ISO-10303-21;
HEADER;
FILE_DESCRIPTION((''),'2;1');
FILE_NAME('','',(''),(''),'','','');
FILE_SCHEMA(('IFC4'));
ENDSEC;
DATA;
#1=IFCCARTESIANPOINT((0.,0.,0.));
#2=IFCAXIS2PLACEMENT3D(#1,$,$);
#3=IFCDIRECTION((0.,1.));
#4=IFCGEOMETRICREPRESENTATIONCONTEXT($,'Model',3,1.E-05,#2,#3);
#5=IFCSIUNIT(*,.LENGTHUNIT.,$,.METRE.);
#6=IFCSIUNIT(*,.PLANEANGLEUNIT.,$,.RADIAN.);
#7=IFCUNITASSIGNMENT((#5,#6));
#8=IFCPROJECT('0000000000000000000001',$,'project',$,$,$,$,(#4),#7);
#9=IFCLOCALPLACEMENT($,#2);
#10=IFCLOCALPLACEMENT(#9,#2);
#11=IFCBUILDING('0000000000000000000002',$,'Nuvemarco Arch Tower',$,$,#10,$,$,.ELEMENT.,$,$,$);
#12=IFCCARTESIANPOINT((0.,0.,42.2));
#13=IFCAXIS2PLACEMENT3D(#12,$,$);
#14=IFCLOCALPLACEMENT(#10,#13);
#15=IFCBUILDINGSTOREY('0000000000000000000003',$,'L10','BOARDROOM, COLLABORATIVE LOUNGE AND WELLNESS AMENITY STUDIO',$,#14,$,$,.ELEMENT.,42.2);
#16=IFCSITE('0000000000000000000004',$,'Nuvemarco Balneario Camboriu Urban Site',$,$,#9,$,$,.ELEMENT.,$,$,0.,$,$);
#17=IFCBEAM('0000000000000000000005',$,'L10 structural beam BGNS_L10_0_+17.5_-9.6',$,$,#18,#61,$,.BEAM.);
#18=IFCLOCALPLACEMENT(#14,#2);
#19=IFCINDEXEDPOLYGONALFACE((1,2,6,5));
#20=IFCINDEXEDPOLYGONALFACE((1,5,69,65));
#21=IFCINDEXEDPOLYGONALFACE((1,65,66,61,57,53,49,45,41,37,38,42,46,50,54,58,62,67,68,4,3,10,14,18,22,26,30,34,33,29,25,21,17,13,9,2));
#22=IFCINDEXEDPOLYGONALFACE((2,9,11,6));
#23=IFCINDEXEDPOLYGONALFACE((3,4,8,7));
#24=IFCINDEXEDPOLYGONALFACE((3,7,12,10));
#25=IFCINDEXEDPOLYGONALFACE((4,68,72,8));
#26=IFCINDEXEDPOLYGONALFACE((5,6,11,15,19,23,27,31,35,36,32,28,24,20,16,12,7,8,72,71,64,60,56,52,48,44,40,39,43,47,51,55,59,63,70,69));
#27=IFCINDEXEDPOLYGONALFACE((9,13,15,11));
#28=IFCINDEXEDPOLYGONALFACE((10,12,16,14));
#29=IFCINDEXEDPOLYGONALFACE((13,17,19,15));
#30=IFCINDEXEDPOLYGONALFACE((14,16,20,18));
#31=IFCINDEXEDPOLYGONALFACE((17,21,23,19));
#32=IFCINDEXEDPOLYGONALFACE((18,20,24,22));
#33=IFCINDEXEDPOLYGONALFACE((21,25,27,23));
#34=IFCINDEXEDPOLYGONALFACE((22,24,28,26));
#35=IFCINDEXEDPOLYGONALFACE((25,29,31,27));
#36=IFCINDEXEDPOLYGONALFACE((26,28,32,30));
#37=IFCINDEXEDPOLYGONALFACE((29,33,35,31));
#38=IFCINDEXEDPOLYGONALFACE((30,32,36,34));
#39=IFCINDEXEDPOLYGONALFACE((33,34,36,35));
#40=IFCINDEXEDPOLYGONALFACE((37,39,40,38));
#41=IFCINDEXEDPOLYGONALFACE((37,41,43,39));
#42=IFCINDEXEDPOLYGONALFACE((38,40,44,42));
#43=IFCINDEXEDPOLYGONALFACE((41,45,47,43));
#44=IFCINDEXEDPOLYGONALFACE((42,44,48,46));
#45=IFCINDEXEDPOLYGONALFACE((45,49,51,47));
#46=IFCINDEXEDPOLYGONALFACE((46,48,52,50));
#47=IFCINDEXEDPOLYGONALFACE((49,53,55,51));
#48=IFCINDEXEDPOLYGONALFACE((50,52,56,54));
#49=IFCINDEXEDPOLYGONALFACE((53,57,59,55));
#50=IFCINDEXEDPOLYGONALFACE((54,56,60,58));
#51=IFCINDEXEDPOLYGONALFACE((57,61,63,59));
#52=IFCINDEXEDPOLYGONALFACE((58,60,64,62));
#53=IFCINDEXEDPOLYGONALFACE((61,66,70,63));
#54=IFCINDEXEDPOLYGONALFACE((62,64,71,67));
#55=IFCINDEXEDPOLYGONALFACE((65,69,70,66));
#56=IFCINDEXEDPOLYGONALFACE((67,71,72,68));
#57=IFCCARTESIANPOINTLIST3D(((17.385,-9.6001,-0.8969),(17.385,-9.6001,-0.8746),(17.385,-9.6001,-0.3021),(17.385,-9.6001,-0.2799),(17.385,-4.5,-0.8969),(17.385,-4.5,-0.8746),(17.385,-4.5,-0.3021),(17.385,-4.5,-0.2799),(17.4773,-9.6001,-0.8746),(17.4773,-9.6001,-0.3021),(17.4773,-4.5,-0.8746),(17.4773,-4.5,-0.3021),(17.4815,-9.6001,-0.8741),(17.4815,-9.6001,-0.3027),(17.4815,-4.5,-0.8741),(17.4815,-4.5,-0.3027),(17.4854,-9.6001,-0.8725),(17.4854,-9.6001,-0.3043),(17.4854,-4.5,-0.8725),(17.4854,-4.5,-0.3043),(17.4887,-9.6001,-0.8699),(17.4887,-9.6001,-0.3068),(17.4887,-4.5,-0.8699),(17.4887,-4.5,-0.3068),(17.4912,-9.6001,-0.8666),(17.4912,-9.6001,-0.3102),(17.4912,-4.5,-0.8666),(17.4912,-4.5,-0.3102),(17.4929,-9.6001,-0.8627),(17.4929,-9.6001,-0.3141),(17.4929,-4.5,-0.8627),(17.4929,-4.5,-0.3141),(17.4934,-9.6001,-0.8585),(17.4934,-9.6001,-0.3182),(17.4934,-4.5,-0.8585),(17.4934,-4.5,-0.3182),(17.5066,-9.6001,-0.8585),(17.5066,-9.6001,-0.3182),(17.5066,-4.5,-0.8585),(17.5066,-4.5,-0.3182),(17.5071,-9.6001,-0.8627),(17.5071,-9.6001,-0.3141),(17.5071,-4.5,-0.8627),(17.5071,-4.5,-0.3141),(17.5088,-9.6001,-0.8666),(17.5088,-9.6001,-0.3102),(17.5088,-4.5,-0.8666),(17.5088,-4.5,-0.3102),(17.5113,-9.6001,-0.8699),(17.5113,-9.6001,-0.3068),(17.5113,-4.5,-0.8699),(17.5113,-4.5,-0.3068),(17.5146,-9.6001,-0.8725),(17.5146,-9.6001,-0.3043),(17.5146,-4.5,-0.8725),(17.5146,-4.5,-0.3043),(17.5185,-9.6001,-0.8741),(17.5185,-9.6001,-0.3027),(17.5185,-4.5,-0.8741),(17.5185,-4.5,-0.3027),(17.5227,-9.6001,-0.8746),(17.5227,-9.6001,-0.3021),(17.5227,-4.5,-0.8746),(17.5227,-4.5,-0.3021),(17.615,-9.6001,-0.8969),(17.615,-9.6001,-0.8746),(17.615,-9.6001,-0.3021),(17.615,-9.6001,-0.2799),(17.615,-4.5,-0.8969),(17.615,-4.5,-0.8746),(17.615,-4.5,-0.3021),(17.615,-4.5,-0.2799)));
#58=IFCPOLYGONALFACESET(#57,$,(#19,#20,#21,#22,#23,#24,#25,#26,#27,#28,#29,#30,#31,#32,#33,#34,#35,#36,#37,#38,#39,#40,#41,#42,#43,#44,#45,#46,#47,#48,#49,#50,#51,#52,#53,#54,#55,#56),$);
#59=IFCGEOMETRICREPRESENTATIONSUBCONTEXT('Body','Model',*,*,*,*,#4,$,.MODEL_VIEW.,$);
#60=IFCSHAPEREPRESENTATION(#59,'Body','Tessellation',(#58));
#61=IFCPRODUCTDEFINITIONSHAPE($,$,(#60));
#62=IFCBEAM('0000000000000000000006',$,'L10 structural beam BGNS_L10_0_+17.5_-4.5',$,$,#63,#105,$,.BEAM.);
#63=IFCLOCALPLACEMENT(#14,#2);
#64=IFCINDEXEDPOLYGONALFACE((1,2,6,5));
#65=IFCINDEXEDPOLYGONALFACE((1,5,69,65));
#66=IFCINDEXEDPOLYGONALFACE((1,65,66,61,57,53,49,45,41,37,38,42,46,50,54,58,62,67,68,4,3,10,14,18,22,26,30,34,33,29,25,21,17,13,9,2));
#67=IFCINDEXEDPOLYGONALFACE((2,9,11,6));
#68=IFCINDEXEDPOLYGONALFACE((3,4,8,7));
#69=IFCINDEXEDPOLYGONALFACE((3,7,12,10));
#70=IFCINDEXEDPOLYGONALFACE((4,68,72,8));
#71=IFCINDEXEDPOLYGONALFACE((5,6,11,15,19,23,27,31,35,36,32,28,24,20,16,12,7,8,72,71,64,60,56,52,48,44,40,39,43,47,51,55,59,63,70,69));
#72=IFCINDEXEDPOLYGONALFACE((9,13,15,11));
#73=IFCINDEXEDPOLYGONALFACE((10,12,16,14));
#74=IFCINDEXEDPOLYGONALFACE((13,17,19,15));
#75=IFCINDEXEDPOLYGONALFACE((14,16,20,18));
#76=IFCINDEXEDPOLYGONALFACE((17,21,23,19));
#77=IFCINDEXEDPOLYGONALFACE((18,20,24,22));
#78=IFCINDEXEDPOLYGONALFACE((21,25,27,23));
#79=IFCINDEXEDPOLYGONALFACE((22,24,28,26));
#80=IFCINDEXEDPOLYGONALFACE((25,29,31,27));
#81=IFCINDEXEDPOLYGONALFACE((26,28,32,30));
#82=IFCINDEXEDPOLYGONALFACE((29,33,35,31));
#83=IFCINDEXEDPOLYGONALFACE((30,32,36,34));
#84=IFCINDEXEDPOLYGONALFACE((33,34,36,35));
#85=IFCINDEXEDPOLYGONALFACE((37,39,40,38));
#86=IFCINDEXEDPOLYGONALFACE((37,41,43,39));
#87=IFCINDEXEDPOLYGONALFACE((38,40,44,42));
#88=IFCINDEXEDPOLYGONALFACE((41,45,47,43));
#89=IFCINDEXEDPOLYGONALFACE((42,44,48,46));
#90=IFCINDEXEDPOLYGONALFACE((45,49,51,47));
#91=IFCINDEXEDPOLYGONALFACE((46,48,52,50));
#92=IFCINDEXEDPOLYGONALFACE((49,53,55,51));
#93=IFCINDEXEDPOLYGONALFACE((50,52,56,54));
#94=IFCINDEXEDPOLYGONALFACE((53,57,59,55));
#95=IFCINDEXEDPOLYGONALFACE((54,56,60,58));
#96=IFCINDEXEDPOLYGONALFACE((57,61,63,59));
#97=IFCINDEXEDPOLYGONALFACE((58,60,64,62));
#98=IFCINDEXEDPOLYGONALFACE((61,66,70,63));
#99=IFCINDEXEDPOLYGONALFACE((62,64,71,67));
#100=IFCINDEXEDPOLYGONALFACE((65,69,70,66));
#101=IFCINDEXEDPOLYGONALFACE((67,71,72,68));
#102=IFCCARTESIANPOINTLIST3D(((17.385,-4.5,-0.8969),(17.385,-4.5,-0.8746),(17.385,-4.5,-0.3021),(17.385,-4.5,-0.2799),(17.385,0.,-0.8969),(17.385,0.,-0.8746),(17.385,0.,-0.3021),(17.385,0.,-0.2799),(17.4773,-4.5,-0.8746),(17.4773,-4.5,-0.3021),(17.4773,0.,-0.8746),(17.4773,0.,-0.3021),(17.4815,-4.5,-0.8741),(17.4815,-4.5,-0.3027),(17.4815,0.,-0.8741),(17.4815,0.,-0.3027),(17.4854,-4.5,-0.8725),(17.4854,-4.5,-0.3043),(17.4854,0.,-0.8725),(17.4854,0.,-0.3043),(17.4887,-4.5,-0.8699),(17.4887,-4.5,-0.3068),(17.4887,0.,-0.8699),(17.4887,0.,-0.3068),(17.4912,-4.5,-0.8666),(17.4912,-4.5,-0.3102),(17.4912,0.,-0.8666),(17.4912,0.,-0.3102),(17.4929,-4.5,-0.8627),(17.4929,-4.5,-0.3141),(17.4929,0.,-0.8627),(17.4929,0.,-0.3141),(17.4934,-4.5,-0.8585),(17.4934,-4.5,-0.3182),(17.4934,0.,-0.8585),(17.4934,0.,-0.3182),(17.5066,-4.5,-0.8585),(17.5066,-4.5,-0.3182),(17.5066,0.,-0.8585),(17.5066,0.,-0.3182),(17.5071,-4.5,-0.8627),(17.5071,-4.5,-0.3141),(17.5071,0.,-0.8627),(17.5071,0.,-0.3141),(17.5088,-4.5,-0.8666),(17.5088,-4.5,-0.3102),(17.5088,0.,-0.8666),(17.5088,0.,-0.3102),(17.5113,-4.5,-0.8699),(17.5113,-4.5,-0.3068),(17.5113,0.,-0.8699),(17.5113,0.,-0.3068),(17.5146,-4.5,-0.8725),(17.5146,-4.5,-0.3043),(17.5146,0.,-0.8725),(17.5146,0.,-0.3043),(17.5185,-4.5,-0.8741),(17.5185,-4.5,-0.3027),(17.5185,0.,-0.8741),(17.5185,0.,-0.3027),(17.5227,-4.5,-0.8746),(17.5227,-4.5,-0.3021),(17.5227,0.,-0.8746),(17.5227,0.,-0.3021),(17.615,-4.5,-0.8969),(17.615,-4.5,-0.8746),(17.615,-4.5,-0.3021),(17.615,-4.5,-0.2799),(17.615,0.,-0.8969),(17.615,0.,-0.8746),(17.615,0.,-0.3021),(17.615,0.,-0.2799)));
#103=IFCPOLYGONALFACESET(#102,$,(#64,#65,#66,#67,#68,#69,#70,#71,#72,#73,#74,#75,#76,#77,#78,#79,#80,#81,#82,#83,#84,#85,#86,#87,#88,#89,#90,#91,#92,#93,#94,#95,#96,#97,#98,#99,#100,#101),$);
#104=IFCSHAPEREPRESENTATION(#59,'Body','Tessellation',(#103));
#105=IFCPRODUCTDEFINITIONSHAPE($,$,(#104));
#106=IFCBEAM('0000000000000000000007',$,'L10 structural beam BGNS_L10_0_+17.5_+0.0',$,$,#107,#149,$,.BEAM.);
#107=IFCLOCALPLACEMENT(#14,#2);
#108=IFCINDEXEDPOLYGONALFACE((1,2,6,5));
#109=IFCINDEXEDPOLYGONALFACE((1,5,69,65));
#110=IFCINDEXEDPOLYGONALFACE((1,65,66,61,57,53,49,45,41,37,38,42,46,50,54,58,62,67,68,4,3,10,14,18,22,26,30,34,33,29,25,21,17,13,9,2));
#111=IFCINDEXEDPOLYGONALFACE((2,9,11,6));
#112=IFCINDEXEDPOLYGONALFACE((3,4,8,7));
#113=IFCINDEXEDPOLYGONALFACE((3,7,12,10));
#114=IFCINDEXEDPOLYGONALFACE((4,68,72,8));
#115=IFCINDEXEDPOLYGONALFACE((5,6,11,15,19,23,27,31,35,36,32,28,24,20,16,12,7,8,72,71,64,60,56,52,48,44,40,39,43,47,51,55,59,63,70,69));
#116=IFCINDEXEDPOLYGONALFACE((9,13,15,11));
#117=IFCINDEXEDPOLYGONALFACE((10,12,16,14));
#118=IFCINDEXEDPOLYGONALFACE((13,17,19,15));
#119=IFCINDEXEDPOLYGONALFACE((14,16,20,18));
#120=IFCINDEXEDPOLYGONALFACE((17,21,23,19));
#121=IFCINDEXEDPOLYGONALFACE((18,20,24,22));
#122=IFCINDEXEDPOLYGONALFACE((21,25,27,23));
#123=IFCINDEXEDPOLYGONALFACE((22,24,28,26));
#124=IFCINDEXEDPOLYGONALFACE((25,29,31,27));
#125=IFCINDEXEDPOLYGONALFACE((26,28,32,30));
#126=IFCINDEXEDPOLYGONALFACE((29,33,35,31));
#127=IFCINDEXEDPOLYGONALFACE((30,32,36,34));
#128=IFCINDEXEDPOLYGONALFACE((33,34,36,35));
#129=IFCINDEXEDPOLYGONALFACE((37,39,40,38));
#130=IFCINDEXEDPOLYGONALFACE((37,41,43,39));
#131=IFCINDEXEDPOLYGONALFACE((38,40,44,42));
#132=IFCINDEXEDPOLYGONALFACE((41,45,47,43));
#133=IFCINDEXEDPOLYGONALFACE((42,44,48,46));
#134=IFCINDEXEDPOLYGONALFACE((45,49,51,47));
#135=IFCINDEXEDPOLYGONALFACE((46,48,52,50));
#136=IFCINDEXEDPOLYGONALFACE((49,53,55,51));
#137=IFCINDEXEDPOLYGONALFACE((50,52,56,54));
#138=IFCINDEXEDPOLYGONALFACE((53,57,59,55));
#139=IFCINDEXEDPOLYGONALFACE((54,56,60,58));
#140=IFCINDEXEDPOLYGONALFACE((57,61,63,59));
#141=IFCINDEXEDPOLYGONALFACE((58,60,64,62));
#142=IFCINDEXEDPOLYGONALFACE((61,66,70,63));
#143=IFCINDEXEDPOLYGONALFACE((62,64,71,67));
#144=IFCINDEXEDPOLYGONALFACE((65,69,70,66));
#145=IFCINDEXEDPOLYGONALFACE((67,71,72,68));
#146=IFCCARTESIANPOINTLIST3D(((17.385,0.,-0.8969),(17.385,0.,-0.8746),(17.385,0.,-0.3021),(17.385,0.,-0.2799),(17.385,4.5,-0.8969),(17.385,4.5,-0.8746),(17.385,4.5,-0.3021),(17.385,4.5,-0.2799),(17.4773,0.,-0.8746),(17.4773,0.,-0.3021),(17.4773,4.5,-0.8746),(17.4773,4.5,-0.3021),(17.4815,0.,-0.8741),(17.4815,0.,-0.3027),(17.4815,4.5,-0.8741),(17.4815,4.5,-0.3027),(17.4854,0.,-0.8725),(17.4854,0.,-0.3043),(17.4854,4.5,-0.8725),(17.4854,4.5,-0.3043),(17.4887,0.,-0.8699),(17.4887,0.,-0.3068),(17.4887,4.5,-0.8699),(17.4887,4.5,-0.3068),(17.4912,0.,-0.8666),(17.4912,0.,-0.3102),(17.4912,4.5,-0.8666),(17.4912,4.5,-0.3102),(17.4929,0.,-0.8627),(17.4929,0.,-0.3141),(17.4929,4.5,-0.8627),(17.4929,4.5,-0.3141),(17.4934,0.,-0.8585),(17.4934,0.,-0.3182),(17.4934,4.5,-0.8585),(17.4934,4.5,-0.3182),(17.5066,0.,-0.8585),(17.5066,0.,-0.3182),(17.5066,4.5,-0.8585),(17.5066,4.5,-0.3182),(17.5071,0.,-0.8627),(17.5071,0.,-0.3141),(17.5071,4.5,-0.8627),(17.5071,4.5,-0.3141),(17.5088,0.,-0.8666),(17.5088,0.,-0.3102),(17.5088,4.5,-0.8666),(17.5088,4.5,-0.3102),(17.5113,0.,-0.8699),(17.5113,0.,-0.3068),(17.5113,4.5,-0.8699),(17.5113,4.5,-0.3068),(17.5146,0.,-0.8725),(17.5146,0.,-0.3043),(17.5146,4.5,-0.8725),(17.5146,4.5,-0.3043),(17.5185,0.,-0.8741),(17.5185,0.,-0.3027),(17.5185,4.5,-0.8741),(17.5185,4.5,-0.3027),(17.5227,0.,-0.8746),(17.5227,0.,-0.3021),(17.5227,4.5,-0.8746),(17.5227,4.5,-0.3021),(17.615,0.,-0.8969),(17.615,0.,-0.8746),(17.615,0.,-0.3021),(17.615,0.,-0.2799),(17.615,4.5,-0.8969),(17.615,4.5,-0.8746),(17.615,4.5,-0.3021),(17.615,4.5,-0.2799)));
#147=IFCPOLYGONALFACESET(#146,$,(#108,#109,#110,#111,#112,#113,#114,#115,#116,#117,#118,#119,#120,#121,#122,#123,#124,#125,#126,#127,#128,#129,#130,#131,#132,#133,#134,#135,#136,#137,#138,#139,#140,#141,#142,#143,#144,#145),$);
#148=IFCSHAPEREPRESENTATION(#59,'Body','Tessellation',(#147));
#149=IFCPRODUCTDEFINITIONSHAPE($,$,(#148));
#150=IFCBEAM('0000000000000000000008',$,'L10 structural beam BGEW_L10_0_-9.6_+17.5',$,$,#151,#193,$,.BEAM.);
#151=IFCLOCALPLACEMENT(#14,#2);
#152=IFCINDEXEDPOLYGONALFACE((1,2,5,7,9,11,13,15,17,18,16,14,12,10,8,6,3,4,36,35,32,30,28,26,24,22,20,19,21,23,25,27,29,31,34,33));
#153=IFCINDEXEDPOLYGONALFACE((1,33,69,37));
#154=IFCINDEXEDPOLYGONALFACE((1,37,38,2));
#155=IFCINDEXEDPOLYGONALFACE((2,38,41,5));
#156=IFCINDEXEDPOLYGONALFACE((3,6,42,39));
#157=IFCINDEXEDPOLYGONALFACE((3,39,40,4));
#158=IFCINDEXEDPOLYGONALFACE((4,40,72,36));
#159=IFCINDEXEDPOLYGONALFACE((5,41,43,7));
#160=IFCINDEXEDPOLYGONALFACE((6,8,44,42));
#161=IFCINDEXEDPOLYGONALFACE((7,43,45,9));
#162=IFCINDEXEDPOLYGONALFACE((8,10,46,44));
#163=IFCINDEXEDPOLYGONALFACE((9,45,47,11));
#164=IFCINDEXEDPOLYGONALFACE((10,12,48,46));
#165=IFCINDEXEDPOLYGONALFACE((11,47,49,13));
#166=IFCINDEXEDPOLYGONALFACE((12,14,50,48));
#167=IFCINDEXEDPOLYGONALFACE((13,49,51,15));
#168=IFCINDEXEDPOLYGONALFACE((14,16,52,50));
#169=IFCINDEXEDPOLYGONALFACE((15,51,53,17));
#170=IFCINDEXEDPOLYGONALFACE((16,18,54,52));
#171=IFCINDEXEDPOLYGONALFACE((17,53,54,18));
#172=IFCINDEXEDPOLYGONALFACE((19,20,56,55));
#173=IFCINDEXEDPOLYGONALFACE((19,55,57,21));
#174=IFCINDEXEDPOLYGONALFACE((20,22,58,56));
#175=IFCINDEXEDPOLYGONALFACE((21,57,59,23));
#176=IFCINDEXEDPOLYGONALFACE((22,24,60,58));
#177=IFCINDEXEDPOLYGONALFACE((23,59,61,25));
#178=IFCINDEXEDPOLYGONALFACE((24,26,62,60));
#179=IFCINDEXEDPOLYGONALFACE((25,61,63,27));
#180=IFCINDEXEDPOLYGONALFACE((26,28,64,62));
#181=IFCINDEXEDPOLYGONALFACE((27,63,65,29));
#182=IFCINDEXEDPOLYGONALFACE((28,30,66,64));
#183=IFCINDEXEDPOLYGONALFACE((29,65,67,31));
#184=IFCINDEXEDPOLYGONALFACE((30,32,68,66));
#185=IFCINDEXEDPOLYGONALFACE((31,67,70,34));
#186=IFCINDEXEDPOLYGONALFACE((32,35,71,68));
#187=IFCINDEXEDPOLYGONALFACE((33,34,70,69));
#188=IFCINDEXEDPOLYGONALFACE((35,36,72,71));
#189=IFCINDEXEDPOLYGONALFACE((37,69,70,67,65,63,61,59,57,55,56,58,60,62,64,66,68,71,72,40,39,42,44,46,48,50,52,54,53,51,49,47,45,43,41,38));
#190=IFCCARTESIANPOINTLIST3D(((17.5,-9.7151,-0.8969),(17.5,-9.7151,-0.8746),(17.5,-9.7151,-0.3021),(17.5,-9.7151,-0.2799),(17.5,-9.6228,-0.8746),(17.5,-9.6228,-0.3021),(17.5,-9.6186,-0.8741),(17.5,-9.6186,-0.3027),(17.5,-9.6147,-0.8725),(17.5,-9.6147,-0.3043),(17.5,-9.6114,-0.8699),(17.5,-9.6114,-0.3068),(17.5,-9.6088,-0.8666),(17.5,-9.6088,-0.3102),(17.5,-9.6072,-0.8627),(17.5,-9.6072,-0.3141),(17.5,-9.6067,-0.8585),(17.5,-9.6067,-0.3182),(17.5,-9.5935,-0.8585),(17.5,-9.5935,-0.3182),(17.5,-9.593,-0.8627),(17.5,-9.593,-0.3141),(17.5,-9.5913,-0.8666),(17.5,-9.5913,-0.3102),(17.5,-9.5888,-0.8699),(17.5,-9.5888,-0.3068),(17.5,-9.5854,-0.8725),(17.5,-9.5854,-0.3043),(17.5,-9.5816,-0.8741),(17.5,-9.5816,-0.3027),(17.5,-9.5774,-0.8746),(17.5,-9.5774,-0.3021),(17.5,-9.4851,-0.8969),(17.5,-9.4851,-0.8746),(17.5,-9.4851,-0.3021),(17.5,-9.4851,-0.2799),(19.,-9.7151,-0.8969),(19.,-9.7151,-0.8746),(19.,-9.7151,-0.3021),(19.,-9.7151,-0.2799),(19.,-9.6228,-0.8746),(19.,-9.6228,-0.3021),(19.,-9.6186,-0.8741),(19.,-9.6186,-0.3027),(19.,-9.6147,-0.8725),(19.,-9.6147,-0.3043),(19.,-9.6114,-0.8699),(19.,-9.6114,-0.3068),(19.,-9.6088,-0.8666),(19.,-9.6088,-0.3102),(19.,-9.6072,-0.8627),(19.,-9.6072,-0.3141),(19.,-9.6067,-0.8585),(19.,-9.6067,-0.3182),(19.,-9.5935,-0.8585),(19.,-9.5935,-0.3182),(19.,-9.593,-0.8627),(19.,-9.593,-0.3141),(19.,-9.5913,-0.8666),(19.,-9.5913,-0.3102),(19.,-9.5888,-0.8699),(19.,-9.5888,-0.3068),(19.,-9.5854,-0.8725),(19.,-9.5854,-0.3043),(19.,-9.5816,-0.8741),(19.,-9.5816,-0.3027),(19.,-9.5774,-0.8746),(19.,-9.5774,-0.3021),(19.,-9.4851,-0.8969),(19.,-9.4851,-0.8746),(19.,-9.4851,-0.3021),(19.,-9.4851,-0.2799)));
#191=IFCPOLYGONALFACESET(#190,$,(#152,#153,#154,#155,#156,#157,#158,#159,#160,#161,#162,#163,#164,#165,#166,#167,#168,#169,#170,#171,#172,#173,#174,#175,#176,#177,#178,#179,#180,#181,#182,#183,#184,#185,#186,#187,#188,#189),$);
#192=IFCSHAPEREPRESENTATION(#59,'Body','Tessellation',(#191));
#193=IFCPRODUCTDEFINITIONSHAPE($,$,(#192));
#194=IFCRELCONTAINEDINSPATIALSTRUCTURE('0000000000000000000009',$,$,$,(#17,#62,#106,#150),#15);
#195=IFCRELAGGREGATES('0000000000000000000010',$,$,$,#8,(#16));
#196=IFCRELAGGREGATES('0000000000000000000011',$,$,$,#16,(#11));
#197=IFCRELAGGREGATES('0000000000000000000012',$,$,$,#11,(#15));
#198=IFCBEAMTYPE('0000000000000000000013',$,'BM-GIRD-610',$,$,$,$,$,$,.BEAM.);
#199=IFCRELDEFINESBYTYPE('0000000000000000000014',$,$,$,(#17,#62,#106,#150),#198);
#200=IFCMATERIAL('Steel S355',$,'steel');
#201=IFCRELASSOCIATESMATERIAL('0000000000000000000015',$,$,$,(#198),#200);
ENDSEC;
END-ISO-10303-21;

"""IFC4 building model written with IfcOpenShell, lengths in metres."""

from ifc_helpers import new_model, si_unit, direction, frame, origin, origin_2d, place, context, subcontext, project, spatial, i_section, extrude, material, material_profile, profile_set, type_object, element, save


model = new_model("IFC4")

# Units and contexts
model_context = context("Model", 3, precision=1e-05, world=origin(), true_north=direction((0.0, 1.0)))
body_context = subcontext(model_context, "Body", "Model", "MODEL_VIEW")
ifc_project = project(units=[si_unit("LENGTHUNIT", "METRE"), si_unit("PLANEANGLEUNIT", "RADIAN")], contexts=[model_context])

# Site, building, storey
site_placement = place(None, origin())
site = spatial("IfcSite", under=ifc_project, at=site_placement, Name="Nuvemarco Balneario Camboriu Urban Site", CompositionType="ELEMENT", RefElevation=0.0)
building_placement = place(site_placement, origin())
building = spatial("IfcBuilding", under=site, at=building_placement, Name="Nuvemarco Arch Tower", CompositionType="ELEMENT")
storey_placement = place(building_placement, frame((0.0, 0.0, 42.2)))
storey = spatial("IfcBuildingStorey", under=building, at=storey_placement, Name="L10", Description="BOARDROOM, COLLABORATIVE LOUNGE AND WELLNESS AMENITY STUDIO", CompositionType="ELEMENT", Elevation=42.2)

# Beams
ifc_material_1 = material(Name="Steel S355", Category="steel")
ifc_material_profile_1 = material_profile(ifc_material_1, i_section(OverallWidth=0.23, OverallDepth=0.6169, WebThickness=0.0132, FlangeThickness=0.0222, FilletRadius=0.0161, at=origin_2d()), Name="W610x140")
ifc_profile_set_1 = profile_set([ifc_material_profile_1], Name="Steel S355")
beam_type_1 = type_object("IfcBeamType", Name="BM-GIRD-610", PredefinedType="BEAM", material=ifc_profile_set_1)
beam_placement = place(storey_placement, frame((17.5, -9.6001, -0.5884), z_axis=(0.0, 1.0, 0.0), x_axis=(-1.0, 0.0, 0.0)))
element("IfcBeam", 1, at=beam_placement, inside=storey, type_object=beam_type_1, Name="L10 structural beam BGNS_L10_0_+17.5_-9.6", PredefinedType="BEAM", context=body_context, shape_type="SweptSolid", body=[
    extrude(i_section(OverallWidth=0.23, OverallDepth=0.6169, WebThickness=0.0132, FlangeThickness=0.0222, FilletRadius=0.0161, at=origin_2d()), origin(), (0.0, 0.0, 1.0), 5.1001),
])
for number, where, z_axis, x_axis, name in (
    (2, (17.5, -4.5, -0.5884), (0.0, 1.0, 0.0), (-1.0, 0.0, 0.0), "L10 structural beam BGNS_L10_0_+17.5_-4.5"),
    (3, (17.5, 0.0, -0.5884), (0.0, 1.0, 0.0), (-1.0, 0.0, 0.0), "L10 structural beam BGNS_L10_0_+17.5_+0.0"),
):
    element("IfcBeam", number, at=place(storey_placement, frame(where, z_axis=z_axis, x_axis=x_axis)), inside=storey, type_object=beam_type_1, Name=name, PredefinedType="BEAM", context=body_context, shape_type="SweptSolid", body=[
        extrude(i_section(OverallWidth=0.23, OverallDepth=0.6169, WebThickness=0.0132, FlangeThickness=0.0222, FilletRadius=0.0161, at=origin_2d()), origin(), (0.0, 0.0, 1.0), 4.5),
    ])
for number, where, z_axis, x_axis, name in (
    (4, (17.5, -9.6001, -0.5884), (1.0, 0.0, 0.0), (0.0, 1.0, 0.0), "L10 structural beam BGEW_L10_0_-9.6_+17.5"),
):
    element("IfcBeam", number, at=place(storey_placement, frame(where, z_axis=z_axis, x_axis=x_axis)), inside=storey, type_object=beam_type_1, Name=name, PredefinedType="BEAM", context=body_context, shape_type="SweptSolid", body=[
        extrude(i_section(OverallWidth=0.23, OverallDepth=0.6169, WebThickness=0.0132, FlangeThickness=0.0222, FilletRadius=0.0161, at=origin_2d()), origin(), (0.0, 0.0, 1.0), 1.5),
    ])

save(model, "model.ifc")
